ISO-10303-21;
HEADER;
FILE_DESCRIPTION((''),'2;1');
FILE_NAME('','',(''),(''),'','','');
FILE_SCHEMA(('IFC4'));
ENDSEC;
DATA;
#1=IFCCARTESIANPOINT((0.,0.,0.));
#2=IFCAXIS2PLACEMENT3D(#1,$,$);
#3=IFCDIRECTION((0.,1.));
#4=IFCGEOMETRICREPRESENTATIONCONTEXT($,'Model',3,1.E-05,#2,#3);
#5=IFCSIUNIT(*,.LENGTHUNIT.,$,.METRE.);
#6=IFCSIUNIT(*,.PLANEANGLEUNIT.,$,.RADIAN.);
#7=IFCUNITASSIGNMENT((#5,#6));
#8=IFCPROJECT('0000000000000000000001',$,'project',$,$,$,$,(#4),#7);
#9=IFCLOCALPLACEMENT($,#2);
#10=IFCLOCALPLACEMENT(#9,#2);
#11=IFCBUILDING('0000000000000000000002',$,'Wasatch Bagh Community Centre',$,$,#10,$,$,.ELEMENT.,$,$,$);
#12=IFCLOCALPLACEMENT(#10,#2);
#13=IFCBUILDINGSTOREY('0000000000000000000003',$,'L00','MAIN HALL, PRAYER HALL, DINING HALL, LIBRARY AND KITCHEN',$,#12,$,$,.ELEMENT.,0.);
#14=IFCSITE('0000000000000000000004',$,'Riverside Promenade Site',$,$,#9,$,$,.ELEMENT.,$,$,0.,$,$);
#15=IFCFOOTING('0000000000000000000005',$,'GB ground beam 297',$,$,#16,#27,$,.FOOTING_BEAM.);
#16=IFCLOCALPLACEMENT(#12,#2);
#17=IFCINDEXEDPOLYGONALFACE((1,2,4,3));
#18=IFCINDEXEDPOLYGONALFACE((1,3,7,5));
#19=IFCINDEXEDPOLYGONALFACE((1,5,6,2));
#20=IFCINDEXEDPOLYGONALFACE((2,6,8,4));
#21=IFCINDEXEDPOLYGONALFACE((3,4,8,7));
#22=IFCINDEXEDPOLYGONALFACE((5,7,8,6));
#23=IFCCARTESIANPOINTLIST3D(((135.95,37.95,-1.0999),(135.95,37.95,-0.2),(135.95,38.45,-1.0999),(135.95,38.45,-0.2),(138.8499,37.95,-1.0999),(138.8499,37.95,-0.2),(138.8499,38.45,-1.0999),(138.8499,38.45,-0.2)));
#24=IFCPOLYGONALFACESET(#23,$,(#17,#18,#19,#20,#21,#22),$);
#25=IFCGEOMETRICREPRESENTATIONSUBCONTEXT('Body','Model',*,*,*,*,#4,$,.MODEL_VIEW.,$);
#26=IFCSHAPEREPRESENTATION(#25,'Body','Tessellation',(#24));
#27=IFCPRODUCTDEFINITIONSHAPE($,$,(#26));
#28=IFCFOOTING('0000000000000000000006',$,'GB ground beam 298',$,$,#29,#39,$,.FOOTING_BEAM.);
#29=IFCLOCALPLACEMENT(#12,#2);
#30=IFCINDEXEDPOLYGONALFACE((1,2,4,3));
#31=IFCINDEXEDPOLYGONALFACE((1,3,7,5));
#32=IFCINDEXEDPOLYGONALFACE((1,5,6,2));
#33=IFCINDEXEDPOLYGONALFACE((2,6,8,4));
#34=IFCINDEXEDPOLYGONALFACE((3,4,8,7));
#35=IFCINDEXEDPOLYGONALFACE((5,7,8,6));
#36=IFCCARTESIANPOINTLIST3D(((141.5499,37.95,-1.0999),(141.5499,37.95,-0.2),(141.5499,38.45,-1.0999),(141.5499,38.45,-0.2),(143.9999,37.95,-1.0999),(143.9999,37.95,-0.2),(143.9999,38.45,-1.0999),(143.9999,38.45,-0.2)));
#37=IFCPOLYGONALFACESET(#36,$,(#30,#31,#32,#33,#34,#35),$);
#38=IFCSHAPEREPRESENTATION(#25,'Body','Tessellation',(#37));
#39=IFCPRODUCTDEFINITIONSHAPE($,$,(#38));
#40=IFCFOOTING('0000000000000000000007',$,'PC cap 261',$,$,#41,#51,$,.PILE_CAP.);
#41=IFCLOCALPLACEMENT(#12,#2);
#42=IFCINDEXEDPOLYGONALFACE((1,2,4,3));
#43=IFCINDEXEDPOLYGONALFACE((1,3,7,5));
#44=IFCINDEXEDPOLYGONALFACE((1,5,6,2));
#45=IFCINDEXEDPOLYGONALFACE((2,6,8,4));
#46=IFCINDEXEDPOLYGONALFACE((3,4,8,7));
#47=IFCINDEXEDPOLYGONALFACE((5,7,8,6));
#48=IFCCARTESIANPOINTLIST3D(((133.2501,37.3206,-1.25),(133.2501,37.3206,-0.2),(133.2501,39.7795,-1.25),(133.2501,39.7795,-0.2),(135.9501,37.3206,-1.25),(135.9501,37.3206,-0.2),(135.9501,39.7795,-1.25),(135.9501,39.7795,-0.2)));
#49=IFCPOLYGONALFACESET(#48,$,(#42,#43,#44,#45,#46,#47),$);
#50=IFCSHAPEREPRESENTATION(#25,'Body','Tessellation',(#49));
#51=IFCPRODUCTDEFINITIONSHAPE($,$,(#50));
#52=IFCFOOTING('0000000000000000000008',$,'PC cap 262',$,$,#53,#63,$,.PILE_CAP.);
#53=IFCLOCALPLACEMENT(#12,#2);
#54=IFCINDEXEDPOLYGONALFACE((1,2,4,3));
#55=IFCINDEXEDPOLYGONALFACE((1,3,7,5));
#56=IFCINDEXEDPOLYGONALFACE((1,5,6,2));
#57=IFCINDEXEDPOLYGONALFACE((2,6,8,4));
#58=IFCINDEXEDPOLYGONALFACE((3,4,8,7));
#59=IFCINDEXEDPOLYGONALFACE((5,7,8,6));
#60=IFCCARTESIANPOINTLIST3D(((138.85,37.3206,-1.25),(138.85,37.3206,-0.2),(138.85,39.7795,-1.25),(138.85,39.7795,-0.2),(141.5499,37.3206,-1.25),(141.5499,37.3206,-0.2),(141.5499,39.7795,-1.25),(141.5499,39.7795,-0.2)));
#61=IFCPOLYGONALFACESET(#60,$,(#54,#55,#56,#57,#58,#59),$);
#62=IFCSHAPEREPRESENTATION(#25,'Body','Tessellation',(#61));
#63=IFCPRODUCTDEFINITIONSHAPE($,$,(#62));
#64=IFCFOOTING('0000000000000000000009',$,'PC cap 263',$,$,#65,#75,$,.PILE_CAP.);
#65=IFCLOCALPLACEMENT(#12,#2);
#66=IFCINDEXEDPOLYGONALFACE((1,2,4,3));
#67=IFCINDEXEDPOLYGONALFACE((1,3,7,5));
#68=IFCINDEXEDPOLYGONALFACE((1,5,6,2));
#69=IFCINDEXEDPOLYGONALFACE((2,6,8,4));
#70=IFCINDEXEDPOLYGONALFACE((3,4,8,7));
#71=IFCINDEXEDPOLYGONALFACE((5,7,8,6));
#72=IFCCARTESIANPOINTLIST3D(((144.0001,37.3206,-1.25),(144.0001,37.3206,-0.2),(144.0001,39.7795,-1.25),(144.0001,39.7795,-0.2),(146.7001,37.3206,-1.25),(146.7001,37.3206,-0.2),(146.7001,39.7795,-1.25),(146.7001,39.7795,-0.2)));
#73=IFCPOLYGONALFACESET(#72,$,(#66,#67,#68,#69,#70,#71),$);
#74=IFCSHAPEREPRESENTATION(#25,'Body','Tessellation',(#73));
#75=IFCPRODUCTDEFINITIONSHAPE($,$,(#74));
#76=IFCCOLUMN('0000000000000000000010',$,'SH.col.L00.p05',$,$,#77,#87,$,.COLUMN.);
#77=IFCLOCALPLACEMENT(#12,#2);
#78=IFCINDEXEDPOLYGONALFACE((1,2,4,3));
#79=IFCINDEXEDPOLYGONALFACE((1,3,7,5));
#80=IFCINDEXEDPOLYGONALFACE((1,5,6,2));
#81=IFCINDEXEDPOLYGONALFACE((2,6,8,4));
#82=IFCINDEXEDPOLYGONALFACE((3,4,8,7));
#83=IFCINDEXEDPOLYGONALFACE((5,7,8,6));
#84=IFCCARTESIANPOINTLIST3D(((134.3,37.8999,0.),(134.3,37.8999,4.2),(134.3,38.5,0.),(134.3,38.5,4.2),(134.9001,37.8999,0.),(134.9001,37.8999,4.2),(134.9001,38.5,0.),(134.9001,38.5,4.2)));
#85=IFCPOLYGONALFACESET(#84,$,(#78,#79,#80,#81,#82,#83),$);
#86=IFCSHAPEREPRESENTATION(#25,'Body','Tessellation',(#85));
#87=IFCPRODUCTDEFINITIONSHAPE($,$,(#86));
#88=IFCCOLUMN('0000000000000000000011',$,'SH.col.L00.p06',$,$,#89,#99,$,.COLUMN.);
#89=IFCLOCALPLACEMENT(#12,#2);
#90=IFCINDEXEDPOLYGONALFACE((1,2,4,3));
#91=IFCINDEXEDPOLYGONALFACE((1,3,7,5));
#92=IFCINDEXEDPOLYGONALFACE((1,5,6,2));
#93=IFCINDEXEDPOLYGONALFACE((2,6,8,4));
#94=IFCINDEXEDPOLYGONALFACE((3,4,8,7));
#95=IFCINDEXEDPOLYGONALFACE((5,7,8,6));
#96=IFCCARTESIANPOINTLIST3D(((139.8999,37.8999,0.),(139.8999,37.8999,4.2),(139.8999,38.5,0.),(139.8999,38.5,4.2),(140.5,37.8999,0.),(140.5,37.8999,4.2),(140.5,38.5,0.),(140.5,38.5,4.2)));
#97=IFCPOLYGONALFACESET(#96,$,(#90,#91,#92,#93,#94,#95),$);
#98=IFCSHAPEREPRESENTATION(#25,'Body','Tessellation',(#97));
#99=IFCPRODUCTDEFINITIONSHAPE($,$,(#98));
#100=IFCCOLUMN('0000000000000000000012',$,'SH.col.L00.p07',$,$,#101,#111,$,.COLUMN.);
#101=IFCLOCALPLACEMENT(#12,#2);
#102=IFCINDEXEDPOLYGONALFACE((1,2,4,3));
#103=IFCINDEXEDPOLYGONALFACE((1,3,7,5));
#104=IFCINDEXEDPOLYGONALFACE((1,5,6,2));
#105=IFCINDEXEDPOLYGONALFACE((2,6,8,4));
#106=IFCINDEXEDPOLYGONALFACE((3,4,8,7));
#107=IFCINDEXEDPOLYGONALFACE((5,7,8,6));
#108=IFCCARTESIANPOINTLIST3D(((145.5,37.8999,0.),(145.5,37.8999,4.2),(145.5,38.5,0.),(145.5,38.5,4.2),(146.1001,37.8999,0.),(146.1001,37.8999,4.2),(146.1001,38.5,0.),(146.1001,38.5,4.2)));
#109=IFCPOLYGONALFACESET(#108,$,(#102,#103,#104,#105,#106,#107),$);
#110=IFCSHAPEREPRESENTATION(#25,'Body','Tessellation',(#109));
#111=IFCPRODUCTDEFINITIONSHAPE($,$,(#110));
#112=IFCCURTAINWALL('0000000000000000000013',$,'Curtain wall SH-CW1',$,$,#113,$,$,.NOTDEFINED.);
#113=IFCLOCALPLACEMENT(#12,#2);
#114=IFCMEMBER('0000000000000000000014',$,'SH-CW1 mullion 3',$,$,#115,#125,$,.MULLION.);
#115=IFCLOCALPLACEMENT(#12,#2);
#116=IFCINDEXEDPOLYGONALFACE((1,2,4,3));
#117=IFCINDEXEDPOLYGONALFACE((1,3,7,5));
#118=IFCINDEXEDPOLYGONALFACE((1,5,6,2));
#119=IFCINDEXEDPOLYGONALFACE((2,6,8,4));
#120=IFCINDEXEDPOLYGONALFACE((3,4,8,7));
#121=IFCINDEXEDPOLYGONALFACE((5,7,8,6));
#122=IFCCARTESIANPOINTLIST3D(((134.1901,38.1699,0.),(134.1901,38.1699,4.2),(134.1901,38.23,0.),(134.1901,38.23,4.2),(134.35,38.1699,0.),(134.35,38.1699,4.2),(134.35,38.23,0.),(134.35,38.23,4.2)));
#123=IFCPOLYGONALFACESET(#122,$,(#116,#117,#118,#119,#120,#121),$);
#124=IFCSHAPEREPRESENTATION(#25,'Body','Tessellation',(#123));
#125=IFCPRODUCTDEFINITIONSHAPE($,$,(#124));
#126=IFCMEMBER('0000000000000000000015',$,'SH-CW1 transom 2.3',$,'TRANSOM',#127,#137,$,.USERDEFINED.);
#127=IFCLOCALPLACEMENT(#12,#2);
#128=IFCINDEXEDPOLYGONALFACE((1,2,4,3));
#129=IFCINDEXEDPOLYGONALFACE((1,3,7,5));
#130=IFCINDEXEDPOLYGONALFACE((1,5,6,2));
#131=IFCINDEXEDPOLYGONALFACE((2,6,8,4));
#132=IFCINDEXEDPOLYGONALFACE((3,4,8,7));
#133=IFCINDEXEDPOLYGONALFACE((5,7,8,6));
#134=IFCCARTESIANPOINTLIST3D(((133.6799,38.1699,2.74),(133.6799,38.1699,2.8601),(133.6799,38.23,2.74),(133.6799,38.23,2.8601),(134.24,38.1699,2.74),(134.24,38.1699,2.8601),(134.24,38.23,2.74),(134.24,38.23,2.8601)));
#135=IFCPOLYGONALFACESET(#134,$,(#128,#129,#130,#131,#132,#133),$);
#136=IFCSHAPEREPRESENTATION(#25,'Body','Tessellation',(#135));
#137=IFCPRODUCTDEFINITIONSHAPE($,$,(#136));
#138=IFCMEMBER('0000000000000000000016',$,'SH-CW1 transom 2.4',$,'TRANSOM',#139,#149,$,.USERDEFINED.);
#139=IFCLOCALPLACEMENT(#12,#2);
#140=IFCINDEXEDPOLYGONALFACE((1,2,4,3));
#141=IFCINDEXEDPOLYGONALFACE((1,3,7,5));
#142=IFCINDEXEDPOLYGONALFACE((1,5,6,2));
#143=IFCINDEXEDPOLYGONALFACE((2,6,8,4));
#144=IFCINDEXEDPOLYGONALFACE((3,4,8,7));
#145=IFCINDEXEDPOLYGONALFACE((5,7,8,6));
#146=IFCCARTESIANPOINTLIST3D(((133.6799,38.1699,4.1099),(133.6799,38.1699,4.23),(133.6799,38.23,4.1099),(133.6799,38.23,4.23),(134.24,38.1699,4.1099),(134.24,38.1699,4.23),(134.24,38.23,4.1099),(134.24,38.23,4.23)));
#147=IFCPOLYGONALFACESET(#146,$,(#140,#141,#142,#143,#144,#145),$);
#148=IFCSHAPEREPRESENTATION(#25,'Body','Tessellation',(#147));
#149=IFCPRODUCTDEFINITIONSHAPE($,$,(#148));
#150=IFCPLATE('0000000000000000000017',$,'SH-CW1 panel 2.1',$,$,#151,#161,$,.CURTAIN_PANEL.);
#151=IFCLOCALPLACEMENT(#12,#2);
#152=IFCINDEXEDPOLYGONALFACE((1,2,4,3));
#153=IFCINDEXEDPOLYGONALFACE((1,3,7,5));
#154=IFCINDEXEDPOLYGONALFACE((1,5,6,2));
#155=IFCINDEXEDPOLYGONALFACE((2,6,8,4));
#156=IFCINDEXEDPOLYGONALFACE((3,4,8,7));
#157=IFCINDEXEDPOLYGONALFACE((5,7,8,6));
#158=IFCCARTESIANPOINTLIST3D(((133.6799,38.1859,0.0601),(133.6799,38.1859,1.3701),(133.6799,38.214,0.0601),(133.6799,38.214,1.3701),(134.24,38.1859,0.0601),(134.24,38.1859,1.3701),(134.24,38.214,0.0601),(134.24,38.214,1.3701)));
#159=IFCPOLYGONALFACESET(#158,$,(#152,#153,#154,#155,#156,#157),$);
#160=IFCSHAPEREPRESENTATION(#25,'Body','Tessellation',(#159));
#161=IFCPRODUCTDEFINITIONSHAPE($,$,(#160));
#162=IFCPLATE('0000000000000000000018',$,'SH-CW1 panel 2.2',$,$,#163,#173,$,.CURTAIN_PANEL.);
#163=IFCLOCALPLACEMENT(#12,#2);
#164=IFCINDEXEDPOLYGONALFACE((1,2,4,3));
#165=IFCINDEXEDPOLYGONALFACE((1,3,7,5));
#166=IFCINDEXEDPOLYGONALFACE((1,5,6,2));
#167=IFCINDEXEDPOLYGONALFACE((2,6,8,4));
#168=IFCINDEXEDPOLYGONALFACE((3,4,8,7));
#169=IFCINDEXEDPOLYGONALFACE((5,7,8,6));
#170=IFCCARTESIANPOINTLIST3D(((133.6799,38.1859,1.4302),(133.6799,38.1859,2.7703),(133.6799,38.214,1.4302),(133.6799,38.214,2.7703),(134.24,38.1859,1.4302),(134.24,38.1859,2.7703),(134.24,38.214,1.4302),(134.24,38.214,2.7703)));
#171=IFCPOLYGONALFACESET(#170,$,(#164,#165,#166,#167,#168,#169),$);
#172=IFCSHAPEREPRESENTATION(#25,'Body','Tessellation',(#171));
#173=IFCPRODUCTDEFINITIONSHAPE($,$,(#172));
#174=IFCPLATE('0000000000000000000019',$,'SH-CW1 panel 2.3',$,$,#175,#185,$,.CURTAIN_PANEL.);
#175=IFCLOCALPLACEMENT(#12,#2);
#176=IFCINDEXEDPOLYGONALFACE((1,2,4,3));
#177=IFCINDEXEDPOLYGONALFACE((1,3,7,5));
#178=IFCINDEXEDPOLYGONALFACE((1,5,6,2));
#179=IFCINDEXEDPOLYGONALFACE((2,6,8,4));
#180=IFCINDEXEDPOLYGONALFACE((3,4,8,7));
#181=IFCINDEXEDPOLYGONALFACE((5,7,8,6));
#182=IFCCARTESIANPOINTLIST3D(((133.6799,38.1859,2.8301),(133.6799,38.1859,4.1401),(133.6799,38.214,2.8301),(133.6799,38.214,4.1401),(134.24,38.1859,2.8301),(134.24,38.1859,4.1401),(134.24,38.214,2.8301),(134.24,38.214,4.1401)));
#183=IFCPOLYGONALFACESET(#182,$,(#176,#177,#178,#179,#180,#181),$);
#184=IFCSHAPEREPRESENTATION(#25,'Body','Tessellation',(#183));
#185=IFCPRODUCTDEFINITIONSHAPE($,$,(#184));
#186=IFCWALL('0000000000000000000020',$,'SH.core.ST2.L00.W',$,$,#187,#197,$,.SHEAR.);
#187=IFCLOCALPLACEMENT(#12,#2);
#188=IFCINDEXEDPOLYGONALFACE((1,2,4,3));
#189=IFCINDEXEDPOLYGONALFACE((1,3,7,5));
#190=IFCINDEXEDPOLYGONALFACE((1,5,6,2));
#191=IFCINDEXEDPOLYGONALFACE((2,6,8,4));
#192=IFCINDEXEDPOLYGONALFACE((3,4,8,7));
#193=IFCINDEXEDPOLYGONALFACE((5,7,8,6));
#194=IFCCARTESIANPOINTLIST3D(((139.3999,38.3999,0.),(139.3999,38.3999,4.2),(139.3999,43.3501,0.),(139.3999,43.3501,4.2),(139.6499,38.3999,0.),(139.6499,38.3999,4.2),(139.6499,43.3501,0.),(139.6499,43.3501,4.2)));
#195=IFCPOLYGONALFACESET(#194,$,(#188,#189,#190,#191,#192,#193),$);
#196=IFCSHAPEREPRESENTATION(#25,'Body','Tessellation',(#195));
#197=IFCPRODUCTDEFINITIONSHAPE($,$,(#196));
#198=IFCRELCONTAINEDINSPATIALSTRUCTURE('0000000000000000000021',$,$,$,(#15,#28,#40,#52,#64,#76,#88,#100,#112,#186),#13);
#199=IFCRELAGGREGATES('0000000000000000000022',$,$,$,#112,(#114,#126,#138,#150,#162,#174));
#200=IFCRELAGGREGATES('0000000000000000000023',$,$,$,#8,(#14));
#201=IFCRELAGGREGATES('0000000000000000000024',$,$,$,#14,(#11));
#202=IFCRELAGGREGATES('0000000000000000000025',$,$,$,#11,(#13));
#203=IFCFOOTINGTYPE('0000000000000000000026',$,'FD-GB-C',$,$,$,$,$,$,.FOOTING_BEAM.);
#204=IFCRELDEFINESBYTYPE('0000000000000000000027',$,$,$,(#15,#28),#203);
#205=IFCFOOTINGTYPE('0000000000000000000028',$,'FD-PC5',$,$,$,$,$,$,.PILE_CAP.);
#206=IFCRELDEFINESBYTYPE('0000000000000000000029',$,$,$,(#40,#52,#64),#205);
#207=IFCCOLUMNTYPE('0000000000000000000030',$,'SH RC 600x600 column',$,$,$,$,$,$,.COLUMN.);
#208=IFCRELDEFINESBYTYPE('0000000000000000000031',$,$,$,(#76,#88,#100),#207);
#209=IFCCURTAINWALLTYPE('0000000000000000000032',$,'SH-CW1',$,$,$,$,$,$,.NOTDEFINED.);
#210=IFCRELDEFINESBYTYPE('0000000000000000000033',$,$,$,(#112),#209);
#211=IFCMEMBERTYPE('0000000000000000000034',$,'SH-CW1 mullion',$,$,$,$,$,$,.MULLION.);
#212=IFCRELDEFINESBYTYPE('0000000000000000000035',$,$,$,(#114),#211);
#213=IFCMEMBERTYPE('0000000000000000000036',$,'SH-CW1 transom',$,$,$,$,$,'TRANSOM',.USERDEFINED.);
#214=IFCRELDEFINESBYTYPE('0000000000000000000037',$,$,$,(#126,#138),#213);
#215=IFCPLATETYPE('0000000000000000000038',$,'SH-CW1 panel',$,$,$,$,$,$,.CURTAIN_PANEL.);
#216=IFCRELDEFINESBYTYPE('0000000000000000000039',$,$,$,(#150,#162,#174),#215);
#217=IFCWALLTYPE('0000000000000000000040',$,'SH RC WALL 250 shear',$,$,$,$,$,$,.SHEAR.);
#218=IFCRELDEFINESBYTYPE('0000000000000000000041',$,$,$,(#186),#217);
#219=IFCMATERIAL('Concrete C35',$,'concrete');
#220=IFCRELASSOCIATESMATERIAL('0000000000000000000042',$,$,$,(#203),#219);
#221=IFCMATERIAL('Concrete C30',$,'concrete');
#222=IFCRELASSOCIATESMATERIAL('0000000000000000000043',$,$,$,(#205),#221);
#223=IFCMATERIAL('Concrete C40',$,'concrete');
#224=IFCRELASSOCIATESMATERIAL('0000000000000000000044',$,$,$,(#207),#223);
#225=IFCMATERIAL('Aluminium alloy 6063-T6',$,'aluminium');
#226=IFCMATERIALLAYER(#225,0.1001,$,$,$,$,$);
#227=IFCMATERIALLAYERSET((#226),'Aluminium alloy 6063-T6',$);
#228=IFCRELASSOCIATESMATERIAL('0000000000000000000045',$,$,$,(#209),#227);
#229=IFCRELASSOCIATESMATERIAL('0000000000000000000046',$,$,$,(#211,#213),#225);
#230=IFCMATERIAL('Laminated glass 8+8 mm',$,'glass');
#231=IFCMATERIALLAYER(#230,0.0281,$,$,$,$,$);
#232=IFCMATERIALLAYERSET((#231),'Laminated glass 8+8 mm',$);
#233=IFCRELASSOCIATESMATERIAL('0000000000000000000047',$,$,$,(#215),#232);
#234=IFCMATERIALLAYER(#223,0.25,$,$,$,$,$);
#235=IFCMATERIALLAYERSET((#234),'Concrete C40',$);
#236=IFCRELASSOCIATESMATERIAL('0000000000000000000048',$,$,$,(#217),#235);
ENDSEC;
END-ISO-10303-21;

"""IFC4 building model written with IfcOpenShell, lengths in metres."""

from ifc_helpers import new_model, si_unit, direction, frame, frame_2d, origin, origin_2d, place, context, subcontext, project, spatial, rectangle, extrude, material, layer, layer_set, material_profile, profile_set, type_object, element, aggregate, save


model = new_model("IFC4")

# Units and contexts
model_context = context("Model", 3, precision=1e-05, world=origin(), true_north=direction((0.0, 1.0)))
body_context = subcontext(model_context, "Body", "Model", "MODEL_VIEW")
ifc_project = project(units=[si_unit("LENGTHUNIT", "METRE"), si_unit("PLANEANGLEUNIT", "RADIAN")], contexts=[model_context])

# Site, building, storey
site_placement = place(None, origin())
site = spatial("IfcSite", under=ifc_project, at=site_placement, Name="Riverside Promenade Site", CompositionType="ELEMENT", RefElevation=0.0)
building_placement = place(site_placement, origin())
building = spatial("IfcBuilding", under=site, at=building_placement, Name="Wasatch Bagh Community Centre", CompositionType="ELEMENT")
storey_placement = place(building_placement, origin())
storey = spatial("IfcBuildingStorey", under=building, at=storey_placement, Name="L00", Description="MAIN HALL, PRAYER HALL, DINING HALL, LIBRARY AND KITCHEN", CompositionType="ELEMENT", Elevation=0.0)

# Footings
ifc_material_1 = material(Name="Concrete C35", Category="concrete")
footing_type_1 = type_object("IfcFootingType", Name="FD-GB-C", PredefinedType="FOOTING_BEAM", material=ifc_material_1)
footing_1_placement = place(storey_placement, frame((137.3999, 38.2, -1.0999), z_axis=(0.0, 0.0, 1.0), x_axis=(1.0, 0.0, 0.0)))
element("IfcFooting", 1, at=footing_1_placement, inside=storey, type_object=footing_type_1, Name="GB ground beam 297", PredefinedType="FOOTING_BEAM", context=body_context, shape_type="SweptSolid", body=[
    extrude(rectangle(XDim=2.8999, YDim=0.5, at=origin_2d()), origin(), (0.0, 0.0, 1.0), 0.8999),
])
footing_2_placement = place(storey_placement, frame((142.7749, 38.2, -1.0999), z_axis=(0.0, 0.0, 1.0), x_axis=(1.0, 0.0, 0.0)))
element("IfcFooting", 2, at=footing_2_placement, inside=storey, type_object=footing_type_1, Name="GB ground beam 298", PredefinedType="FOOTING_BEAM", context=body_context, shape_type="SweptSolid", body=[
    extrude(rectangle(XDim=2.45, YDim=0.5, at=origin_2d()), origin(), (0.0, 0.0, 1.0), 0.8999),
])
ifc_material_2 = material(Name="Concrete C30", Category="concrete")
footing_type_2 = type_object("IfcFootingType", Name="FD-PC5", PredefinedType="PILE_CAP", material=ifc_material_2)
for number, where, z_axis, x_axis, name in (
    (3, (134.6001, 38.55, -1.25), (0.0, 0.0, 1.0), (1.0, 0.0, 0.0), "PC cap 261"),
    (4, (140.2, 38.55, -1.25), (0.0, 0.0, 1.0), (1.0, 0.0, 0.0), "PC cap 262"),
    (5, (145.3501, 38.55, -1.25), (0.0, 0.0, 1.0), (1.0, 0.0, 0.0), "PC cap 263"),
):
    element("IfcFooting", number, at=place(storey_placement, frame(where, z_axis=z_axis, x_axis=x_axis)), inside=storey, type_object=footing_type_2, Name=name, PredefinedType="PILE_CAP", context=body_context, shape_type="SweptSolid", body=[
        extrude(rectangle(XDim=2.7, YDim=2.459, at=origin_2d()), origin(), (0.0, 0.0, 1.0), 1.05),
    ])

# Columns
ifc_material_3 = material(Name="Concrete C40", Category="concrete")
ifc_material_profile_1 = material_profile(ifc_material_3, rectangle(XDim=0.6001, YDim=0.6001, at=origin_2d()), Name="RC 600x600")
ifc_profile_set_1 = profile_set([ifc_material_profile_1], Name="Concrete C40")
column_type = type_object("IfcColumnType", Name="SH RC 600x600 column", PredefinedType="COLUMN", material=ifc_profile_set_1)
for number, where, z_axis, x_axis, name in (
    (6, (134.6001, 38.2, 0.0), (0.0, 0.0, 1.0), (1.0, 0.0, 0.0), "SH.col.L00.p05"),
    (7, (140.2, 38.2, 0.0), (0.0, 0.0, 1.0), (1.0, 0.0, 0.0), "SH.col.L00.p06"),
    (8, (145.8, 38.2, 0.0), (0.0, 0.0, 1.0), (1.0, 0.0, 0.0), "SH.col.L00.p07"),
):
    element("IfcColumn", number, at=place(storey_placement, frame(where, z_axis=z_axis, x_axis=x_axis)), inside=storey, type_object=column_type, Name=name, PredefinedType="COLUMN", context=body_context, shape_type="SweptSolid", body=[
        extrude(rectangle(XDim=0.6001, YDim=0.6001, at=origin_2d()), origin(), (0.0, 0.0, 1.0), 4.2),
    ])

# Curtain wall, members, plates
ifc_material_4 = material(Name="Aluminium alloy 6063-T6", Category="aluminium")
ifc_layer_1 = layer(ifc_material_4, 0.1001)
ifc_layer_set_1 = layer_set([ifc_layer_1], Name="Aluminium alloy 6063-T6")
curtain_wall_type = type_object("IfcCurtainWallType", Name="SH-CW1", PredefinedType="NOTDEFINED", material=ifc_layer_set_1)
curtain_wall_placement = place(storey_placement, origin())
curtain_wall = element("IfcCurtainWall", 9, at=curtain_wall_placement, inside=storey, type_object=curtain_wall_type, Name="Curtain wall SH-CW1", PredefinedType="NOTDEFINED")
ifc_material_profile_2 = material_profile(ifc_material_4, rectangle(XDim=0.0601, YDim=0.1599, at=origin_2d()), Name="AL 60x160")
ifc_profile_set_2 = profile_set([ifc_material_profile_2], Name="Aluminium alloy 6063-T6")
member_type_1 = type_object("IfcMemberType", Name="SH-CW1 mullion", PredefinedType="MULLION", material=ifc_profile_set_2)
member_1_placement = place(storey_placement, frame((134.27, 38.2, 0.0), z_axis=(0.0, 0.0, 1.0), x_axis=(0.0, 1.0, 0.0)))
member_1 = element("IfcMember", 10, at=member_1_placement, type_object=member_type_1, Name="SH-CW1 mullion 3", PredefinedType="MULLION", context=body_context, shape_type="SweptSolid", body=[
    extrude(rectangle(XDim=0.0601, YDim=0.1599, at=origin_2d()), origin(), (0.0, 0.0, 1.0), 4.2),
])
ifc_material_profile_3 = material_profile(ifc_material_4, rectangle(XDim=0.0601, YDim=0.1201, at=origin_2d()), Name="AL 60x120")
ifc_profile_set_3 = profile_set([ifc_material_profile_3], Name="Aluminium alloy 6063-T6")
member_type_2 = type_object("IfcMemberType", Name="SH-CW1 transom", ElementType="TRANSOM", PredefinedType="USERDEFINED", material=ifc_profile_set_3)
member_2_placement = place(storey_placement, frame((133.6799, 38.2, 2.8), z_axis=(1.0, 0.0, 0.0), x_axis=(0.0, 1.0, 0.0)))
member_2 = element("IfcMember", 11, at=member_2_placement, type_object=member_type_2, Name="SH-CW1 transom 2.3", ObjectType="TRANSOM", PredefinedType="USERDEFINED", context=body_context, shape_type="SweptSolid", body=[
    extrude(rectangle(XDim=0.0601, YDim=0.1201, at=origin_2d()), origin(), (0.0, 0.0, 1.0), 0.5601),
])
member_3_placement = place(storey_placement, frame((133.6799, 38.2, 4.1699), z_axis=(1.0, 0.0, 0.0), x_axis=(0.0, 1.0, 0.0)))
member_3 = element("IfcMember", 12, at=member_3_placement, type_object=member_type_2, Name="SH-CW1 transom 2.4", ObjectType="TRANSOM", PredefinedType="USERDEFINED", context=body_context, shape_type="SweptSolid", body=[
    extrude(rectangle(XDim=0.0601, YDim=0.1201, at=origin_2d()), origin(), (0.0, 0.0, 1.0), 0.5601),
])
ifc_material_5 = material(Name="Laminated glass 8+8 mm", Category="glass")
ifc_layer_2 = layer(ifc_material_5, 0.0281)
ifc_layer_set_2 = layer_set([ifc_layer_2], Name="Laminated glass 8+8 mm")
plate_type = type_object("IfcPlateType", Name="SH-CW1 panel", PredefinedType="CURTAIN_PANEL", material=ifc_layer_set_2)
plate_1_placement = place(storey_placement, frame((133.96, 38.2, 0.0601), z_axis=(0.0, 0.0, 1.0), x_axis=(1.0, 0.0, 0.0)))
plate_1 = element("IfcPlate", 13, at=plate_1_placement, type_object=plate_type, Name="SH-CW1 panel 2.1", PredefinedType="CURTAIN_PANEL", context=body_context, shape_type="SweptSolid", body=[
    extrude(rectangle(XDim=0.5601, YDim=0.0281, at=origin_2d()), origin(), (0.0, 0.0, 1.0), 1.3101),
])
plate_2_placement = place(storey_placement, frame((133.96, 38.2, 1.4302), z_axis=(0.0, 0.0, 1.0), x_axis=(1.0, 0.0, 0.0)))
plate_2 = element("IfcPlate", 14, at=plate_2_placement, type_object=plate_type, Name="SH-CW1 panel 2.2", PredefinedType="CURTAIN_PANEL", context=body_context, shape_type="SweptSolid", body=[
    extrude(rectangle(XDim=0.5601, YDim=0.0281, at=origin_2d()), origin(), (0.0, 0.0, 1.0), 1.3401),
])
plate_3_placement = place(storey_placement, frame((133.96, 38.2, 2.8301), z_axis=(0.0, 0.0, 1.0), x_axis=(1.0, 0.0, 0.0)))
plate_3 = element("IfcPlate", 15, at=plate_3_placement, type_object=plate_type, Name="SH-CW1 panel 2.3", PredefinedType="CURTAIN_PANEL", context=body_context, shape_type="SweptSolid", body=[
    extrude(rectangle(XDim=0.5601, YDim=0.0281, at=origin_2d()), origin(), (0.0, 0.0, 1.0), 1.3101),
])
aggregate(curtain_wall, [member_1, member_2, member_3, plate_1, plate_2, plate_3])

# Wall
ifc_layer_3 = layer(ifc_material_3, 0.25)
ifc_layer_set_3 = layer_set([ifc_layer_3], Name="Concrete C40")
wall_type_1 = type_object("IfcWallType", Name="SH RC WALL 250 shear", PredefinedType="SHEAR", material=ifc_layer_set_3)
wall_1_placement = place(storey_placement, frame((139.5249, 38.3999, 0.0), z_axis=(0.0, 0.0, 1.0), x_axis=(0.0, 1.0, 0.0)))
element("IfcWall", 16, at=wall_1_placement, inside=storey, type_object=wall_type_1, Name="SH.core.ST2.L00.W", PredefinedType="SHEAR", context=body_context, shape_type="SweptSolid", body=[
    extrude(rectangle(XDim=4.9502, YDim=0.25, at=frame_2d((2.4751, 0.0))), origin(), (0.0, 0.0, 1.0), 4.2),
])

save(model, "model.ifc")
